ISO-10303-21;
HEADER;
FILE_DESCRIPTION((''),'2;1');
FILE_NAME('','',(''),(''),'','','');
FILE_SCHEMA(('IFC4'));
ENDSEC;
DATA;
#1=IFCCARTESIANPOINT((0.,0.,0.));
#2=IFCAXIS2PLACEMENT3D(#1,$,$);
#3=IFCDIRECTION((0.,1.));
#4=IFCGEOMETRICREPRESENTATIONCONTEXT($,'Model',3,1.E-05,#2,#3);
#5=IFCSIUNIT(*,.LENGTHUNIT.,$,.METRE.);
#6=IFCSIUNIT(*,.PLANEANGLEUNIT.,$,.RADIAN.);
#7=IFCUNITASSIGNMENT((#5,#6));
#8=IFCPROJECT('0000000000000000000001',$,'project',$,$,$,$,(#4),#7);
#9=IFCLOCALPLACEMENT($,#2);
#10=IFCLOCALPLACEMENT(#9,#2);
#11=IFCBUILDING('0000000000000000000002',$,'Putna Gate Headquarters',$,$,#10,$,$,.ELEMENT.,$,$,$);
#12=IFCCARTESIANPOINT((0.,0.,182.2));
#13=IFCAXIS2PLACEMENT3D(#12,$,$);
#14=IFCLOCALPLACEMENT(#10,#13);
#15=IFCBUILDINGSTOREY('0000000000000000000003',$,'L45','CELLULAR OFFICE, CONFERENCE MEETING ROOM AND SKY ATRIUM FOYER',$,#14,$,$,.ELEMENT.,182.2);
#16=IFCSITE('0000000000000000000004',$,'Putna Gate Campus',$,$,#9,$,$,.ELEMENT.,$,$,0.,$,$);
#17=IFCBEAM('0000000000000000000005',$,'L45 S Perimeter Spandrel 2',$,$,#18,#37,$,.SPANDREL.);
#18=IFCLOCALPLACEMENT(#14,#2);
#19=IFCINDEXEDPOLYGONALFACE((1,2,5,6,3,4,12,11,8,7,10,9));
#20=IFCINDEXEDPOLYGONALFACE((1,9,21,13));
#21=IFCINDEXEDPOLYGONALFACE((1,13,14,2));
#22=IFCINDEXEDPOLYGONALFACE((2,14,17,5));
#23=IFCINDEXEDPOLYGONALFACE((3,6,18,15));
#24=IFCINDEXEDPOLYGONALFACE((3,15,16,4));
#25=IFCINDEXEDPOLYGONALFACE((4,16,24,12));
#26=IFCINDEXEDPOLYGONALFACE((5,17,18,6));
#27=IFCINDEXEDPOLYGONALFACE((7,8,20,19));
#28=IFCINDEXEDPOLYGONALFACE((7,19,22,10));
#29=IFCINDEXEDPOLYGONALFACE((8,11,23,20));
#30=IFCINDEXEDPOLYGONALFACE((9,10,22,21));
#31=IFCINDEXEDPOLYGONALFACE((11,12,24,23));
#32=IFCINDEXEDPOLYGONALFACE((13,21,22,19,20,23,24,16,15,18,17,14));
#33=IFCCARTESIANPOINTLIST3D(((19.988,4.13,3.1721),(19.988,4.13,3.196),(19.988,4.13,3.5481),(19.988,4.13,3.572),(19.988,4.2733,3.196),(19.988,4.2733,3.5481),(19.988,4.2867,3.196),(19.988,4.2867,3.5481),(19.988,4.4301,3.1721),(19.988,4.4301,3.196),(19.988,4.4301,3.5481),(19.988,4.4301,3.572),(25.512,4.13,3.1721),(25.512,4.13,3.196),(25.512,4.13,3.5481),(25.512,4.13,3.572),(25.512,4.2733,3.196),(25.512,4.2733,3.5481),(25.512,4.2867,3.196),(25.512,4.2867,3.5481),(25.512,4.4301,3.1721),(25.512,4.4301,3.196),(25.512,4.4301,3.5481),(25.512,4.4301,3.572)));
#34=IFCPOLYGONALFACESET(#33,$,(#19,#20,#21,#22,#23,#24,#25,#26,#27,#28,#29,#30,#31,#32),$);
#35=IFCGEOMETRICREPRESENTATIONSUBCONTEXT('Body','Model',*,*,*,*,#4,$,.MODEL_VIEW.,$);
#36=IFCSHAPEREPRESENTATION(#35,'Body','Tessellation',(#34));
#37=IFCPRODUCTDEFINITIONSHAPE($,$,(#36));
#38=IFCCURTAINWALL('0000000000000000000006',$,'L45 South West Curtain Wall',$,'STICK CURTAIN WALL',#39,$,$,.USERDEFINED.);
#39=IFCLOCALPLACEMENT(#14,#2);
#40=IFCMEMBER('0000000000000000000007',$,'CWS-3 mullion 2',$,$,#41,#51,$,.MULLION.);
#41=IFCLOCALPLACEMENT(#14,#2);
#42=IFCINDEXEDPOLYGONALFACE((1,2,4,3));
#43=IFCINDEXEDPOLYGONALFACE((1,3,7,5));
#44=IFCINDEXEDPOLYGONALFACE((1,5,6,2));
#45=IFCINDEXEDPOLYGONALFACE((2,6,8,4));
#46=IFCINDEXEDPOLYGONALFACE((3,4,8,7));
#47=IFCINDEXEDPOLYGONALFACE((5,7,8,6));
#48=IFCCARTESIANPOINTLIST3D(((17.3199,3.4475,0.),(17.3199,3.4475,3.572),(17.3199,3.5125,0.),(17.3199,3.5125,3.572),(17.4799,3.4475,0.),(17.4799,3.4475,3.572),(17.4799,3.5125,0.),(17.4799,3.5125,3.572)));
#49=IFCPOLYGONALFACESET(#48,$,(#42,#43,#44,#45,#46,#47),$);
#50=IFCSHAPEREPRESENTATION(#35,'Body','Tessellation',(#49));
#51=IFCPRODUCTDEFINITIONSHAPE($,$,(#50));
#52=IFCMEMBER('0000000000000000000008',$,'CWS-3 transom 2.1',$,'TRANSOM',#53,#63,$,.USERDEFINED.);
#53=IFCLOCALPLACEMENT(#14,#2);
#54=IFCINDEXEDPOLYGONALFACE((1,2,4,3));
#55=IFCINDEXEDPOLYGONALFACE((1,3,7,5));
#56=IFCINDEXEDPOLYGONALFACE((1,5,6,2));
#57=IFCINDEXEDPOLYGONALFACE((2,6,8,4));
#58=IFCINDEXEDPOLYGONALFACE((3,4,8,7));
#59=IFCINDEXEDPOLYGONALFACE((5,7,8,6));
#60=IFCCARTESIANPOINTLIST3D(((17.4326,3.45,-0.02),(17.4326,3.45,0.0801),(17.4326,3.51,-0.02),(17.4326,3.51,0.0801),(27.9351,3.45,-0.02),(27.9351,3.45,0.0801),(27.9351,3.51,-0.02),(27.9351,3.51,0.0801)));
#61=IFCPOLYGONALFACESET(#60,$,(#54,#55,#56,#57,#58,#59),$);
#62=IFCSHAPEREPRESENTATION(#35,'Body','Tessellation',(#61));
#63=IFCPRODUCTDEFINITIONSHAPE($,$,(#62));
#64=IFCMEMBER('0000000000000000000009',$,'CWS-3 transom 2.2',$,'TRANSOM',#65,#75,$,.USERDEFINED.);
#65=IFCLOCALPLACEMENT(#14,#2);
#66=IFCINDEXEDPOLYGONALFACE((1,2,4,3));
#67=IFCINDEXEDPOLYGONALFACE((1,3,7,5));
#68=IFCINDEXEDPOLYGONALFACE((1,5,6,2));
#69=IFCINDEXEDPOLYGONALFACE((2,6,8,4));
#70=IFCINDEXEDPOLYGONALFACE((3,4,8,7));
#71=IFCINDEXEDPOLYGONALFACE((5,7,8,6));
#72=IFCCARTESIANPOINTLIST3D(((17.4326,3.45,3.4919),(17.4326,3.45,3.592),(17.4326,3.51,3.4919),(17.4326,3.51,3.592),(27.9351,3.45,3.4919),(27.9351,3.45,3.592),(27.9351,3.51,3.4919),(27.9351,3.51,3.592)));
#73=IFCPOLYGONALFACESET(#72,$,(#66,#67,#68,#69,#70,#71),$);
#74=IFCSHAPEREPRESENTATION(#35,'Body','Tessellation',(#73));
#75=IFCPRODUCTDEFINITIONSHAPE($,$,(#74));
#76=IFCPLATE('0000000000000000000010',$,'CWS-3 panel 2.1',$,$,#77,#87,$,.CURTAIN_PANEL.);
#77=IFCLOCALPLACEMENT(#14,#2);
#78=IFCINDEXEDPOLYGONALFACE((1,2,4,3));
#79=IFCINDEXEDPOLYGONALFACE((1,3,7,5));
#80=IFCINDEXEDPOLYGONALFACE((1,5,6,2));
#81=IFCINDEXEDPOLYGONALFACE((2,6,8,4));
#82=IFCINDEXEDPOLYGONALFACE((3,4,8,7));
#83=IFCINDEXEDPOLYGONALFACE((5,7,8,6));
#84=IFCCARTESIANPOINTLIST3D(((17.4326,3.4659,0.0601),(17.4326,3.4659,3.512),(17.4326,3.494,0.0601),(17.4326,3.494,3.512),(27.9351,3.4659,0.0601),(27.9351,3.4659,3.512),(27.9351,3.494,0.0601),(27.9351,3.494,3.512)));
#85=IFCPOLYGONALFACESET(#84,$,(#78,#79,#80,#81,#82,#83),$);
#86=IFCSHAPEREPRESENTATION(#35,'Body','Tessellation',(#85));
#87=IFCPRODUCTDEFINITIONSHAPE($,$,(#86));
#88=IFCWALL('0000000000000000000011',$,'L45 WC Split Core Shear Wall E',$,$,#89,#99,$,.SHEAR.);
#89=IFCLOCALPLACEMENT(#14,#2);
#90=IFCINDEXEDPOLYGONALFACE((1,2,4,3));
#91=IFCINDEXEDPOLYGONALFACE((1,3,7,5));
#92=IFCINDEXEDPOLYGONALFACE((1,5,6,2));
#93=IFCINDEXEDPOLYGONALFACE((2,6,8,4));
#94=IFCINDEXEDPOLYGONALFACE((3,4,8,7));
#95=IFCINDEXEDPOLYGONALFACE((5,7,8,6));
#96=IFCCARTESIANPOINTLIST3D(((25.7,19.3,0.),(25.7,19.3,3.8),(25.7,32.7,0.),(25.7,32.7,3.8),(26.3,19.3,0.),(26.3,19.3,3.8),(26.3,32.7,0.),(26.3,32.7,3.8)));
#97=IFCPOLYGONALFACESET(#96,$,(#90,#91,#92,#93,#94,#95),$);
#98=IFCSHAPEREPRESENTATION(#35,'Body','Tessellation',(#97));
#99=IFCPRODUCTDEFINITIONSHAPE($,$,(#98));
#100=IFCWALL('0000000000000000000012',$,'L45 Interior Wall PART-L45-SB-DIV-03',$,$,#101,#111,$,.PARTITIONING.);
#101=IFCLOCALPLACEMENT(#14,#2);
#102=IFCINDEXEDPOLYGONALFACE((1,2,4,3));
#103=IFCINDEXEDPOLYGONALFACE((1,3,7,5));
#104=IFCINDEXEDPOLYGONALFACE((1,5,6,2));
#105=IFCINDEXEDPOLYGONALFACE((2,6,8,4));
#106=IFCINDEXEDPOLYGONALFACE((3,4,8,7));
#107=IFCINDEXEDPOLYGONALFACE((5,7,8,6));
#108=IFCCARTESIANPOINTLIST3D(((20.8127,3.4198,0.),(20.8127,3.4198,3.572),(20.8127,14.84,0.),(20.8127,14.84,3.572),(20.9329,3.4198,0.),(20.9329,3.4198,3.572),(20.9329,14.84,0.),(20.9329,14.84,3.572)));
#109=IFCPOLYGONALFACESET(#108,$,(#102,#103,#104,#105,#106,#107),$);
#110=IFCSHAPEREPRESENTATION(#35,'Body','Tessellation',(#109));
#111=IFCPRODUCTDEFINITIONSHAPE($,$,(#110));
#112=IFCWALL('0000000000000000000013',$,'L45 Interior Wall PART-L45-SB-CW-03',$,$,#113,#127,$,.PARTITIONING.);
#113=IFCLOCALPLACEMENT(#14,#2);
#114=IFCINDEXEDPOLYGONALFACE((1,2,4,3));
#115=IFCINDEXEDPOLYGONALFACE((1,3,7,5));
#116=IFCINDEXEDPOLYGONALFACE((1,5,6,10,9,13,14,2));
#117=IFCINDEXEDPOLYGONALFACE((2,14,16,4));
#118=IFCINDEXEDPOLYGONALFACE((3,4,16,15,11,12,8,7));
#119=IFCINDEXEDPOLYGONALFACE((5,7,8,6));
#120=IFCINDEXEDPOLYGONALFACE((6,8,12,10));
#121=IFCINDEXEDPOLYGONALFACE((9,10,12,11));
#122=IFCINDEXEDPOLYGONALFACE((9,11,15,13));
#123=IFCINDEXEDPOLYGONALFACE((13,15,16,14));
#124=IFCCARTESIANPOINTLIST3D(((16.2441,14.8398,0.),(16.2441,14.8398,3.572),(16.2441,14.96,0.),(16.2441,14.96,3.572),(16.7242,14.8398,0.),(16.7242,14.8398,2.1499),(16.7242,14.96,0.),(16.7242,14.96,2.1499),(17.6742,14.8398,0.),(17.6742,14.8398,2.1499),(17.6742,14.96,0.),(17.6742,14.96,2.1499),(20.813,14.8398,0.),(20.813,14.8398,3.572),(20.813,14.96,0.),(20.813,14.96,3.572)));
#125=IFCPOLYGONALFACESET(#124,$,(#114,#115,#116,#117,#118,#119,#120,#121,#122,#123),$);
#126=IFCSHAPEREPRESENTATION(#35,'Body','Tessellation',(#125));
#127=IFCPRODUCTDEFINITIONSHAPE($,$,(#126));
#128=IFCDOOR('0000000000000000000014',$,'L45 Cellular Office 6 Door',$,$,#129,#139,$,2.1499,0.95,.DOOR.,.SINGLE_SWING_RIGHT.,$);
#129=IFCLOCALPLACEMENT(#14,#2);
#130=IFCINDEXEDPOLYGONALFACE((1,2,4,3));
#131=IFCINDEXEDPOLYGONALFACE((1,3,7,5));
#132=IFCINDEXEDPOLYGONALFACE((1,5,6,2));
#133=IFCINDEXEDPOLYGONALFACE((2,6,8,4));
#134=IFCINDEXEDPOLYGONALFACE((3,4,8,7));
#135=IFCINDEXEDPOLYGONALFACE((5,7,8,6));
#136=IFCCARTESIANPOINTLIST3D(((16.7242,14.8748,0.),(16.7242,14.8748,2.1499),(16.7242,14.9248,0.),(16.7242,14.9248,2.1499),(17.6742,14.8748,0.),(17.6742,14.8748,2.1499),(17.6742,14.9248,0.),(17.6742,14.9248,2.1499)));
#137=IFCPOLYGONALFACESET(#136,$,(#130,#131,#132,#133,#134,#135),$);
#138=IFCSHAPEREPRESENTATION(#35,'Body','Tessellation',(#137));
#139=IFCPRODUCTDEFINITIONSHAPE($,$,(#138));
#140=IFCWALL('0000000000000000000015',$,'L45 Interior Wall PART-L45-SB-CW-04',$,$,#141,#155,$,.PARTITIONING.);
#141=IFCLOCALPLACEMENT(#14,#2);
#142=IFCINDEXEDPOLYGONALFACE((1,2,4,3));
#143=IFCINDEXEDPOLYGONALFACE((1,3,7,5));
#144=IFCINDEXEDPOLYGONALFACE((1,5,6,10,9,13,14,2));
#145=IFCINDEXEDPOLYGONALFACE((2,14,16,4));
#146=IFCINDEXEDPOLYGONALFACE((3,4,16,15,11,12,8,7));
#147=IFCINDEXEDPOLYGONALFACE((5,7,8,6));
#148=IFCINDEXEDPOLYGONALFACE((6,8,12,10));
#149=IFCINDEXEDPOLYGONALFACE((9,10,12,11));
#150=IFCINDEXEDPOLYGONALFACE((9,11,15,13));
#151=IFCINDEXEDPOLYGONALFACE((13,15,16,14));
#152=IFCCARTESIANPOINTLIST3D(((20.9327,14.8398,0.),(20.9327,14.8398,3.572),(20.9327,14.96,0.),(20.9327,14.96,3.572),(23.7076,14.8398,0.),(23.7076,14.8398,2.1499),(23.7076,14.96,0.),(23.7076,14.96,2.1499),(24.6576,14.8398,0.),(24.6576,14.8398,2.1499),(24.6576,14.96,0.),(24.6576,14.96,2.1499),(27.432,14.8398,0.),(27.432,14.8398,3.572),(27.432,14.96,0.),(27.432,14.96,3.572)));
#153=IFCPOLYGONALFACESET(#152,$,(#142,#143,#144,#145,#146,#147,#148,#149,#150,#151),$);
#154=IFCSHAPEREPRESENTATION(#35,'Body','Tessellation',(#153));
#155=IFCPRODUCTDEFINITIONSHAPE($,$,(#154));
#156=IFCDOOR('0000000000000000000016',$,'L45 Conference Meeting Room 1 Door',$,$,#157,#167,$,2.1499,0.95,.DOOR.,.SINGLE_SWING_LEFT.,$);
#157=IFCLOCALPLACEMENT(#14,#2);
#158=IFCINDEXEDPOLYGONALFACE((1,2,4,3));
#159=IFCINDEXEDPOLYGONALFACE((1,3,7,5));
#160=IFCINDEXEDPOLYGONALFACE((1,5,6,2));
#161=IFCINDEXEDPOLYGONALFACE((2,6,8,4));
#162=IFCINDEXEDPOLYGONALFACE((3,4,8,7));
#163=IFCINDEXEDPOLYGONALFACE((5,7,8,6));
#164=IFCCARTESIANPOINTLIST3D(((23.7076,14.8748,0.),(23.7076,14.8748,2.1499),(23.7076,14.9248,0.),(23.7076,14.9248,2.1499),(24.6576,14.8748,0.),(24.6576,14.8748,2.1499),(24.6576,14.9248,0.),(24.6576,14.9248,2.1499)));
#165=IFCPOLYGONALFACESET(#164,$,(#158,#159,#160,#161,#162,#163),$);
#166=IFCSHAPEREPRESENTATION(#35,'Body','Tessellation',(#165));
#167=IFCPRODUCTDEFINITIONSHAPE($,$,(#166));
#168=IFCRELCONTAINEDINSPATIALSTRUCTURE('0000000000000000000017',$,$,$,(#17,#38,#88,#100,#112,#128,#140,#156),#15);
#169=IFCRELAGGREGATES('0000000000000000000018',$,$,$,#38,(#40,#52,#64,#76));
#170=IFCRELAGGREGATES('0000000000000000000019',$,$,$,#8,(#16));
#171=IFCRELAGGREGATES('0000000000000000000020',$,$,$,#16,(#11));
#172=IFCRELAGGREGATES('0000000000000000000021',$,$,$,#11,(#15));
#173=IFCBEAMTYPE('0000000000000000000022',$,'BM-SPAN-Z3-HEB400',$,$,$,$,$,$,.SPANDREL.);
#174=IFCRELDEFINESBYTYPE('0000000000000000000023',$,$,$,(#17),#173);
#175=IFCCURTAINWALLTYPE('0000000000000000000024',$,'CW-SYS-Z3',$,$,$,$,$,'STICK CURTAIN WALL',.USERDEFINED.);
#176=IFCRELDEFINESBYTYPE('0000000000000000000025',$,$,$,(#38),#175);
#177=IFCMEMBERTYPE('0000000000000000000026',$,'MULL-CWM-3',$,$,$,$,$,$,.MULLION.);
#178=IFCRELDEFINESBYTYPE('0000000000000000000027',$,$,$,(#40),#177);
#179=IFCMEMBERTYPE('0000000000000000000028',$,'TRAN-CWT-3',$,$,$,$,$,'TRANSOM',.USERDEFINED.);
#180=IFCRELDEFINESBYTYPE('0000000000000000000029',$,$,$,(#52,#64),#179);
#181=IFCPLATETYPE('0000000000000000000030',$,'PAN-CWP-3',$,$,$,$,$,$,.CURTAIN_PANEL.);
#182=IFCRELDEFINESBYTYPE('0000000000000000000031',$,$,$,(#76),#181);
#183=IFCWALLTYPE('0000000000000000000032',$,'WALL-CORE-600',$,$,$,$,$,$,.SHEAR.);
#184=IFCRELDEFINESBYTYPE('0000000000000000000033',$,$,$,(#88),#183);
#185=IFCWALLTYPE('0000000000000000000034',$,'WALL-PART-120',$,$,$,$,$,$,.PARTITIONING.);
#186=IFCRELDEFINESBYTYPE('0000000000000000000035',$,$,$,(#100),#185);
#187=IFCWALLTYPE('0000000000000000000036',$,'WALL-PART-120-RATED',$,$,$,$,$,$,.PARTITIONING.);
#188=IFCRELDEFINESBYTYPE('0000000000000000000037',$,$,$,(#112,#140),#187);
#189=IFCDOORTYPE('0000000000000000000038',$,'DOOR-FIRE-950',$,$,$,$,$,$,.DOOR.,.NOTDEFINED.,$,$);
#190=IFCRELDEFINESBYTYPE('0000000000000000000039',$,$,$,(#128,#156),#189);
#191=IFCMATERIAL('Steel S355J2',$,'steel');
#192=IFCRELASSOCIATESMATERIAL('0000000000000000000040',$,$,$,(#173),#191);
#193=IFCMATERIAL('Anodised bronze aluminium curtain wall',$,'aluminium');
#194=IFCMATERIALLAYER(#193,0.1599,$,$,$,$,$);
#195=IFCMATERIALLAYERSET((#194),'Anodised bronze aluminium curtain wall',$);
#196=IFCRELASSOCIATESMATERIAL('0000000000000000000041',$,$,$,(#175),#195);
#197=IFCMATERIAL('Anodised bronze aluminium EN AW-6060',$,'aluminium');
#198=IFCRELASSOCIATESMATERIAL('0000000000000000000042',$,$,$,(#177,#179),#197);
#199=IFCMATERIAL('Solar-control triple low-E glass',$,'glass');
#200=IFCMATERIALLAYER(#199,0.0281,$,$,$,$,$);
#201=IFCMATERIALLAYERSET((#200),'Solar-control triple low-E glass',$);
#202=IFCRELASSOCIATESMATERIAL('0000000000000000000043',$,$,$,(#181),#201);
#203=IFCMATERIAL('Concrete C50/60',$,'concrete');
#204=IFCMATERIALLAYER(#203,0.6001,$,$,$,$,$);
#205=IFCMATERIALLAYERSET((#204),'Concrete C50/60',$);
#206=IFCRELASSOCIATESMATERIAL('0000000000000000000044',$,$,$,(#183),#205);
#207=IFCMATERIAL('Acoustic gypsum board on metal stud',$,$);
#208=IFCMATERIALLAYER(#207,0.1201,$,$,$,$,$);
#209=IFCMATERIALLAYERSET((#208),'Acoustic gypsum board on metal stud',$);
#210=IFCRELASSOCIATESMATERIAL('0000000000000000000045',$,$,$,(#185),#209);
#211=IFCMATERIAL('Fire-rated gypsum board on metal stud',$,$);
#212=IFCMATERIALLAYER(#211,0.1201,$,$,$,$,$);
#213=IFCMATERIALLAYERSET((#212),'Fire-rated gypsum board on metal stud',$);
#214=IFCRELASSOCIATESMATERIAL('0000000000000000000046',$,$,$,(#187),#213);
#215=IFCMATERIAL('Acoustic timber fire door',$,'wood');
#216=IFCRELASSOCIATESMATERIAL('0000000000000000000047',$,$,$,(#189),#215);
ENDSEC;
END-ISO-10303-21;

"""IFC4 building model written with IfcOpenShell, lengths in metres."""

from ifc_helpers import new_model, si_unit, direction, frame, frame_2d, origin, origin_2d, place, context, subcontext, project, spatial, rectangle, i_section, extrude, material, layer, layer_set, material_profile, profile_set, type_object, element, fill, aggregate, save


model = new_model("IFC4")

# Units and contexts
model_context = context("Model", 3, precision=1e-05, world=origin(), true_north=direction((0.0, 1.0)))
body_context = subcontext(model_context, "Body", "Model", "MODEL_VIEW")
ifc_project = project(units=[si_unit("LENGTHUNIT", "METRE"), si_unit("PLANEANGLEUNIT", "RADIAN")], contexts=[model_context])

# Site, building, storey
site_placement = place(None, origin())
site = spatial("IfcSite", under=ifc_project, at=site_placement, Name="Putna Gate Campus", CompositionType="ELEMENT", RefElevation=0.0)
building_placement = place(site_placement, origin())
building = spatial("IfcBuilding", under=site, at=building_placement, Name="Putna Gate Headquarters", CompositionType="ELEMENT")
storey_placement = place(building_placement, frame((0.0, 0.0, 182.2)))
storey = spatial("IfcBuildingStorey", under=building, at=storey_placement, Name="L45", Description="CELLULAR OFFICE, CONFERENCE MEETING ROOM AND SKY ATRIUM FOYER", CompositionType="ELEMENT", Elevation=182.2)

# Shared definitions
ifc_material_1 = material(Name="Concrete C50/60", Category="concrete")

# Beam
ifc_material_2 = material(Name="Steel S355J2", Category="steel")
ifc_material_profile_1 = material_profile(ifc_material_2, i_section(OverallWidth=0.3, OverallDepth=0.3999, WebThickness=0.0134, FlangeThickness=0.0239, at=origin_2d()), Name="Steel S355J2")
ifc_profile_set_1 = profile_set([ifc_material_profile_1], Name="Steel S355J2")
beam_type_1 = type_object("IfcBeamType", Name="BM-SPAN-Z3-HEB400", PredefinedType="SPANDREL", material=ifc_profile_set_1)
beam_1_placement = place(storey_placement, frame((19.988, 4.28, 3.3721), z_axis=(1.0, 0.0, 0.0), x_axis=(0.0, 1.0, 0.0)))
element("IfcBeam", 1, at=beam_1_placement, inside=storey, type_object=beam_type_1, Name="L45 S Perimeter Spandrel 2", PredefinedType="SPANDREL", context=body_context, shape_type="SweptSolid", body=[
    extrude(i_section(OverallWidth=0.3, OverallDepth=0.3999, WebThickness=0.0134, FlangeThickness=0.0239, at=origin_2d()), origin(), (0.0, 0.0, 1.0), 5.5239),
])

# Curtain wall, members, plate
ifc_material_3 = material(Name="Anodised bronze aluminium curtain wall", Category="aluminium")
ifc_layer_1 = layer(ifc_material_3, 0.1599)
ifc_layer_set_1 = layer_set([ifc_layer_1], Name="Anodised bronze aluminium curtain wall")
curtain_wall_type = type_object("IfcCurtainWallType", Name="CW-SYS-Z3", ElementType="STICK CURTAIN WALL", PredefinedType="USERDEFINED", material=ifc_layer_set_1)
curtain_wall_placement = place(storey_placement, origin())
curtain_wall = element("IfcCurtainWall", 2, at=curtain_wall_placement, inside=storey, type_object=curtain_wall_type, Name="L45 South West Curtain Wall", ObjectType="STICK CURTAIN WALL", PredefinedType="USERDEFINED")
ifc_material_4 = material(Name="Anodised bronze aluminium EN AW-6060", Category="aluminium")
ifc_material_profile_2 = material_profile(ifc_material_4, rectangle(XDim=0.0649, YDim=0.1599, at=origin_2d()), Name="Anodised bronze aluminium EN AW-6060")
ifc_profile_set_2 = profile_set([ifc_material_profile_2], Name="Anodised bronze aluminium EN AW-6060")
member_type_1 = type_object("IfcMemberType", Name="MULL-CWM-3", PredefinedType="MULLION", material=ifc_profile_set_2)
member_1_placement = place(storey_placement, frame((17.3999, 3.48, 0.0), z_axis=(0.0, 0.0, 1.0), x_axis=(0.0, 1.0, 0.0)))
member_1 = element("IfcMember", 3, at=member_1_placement, type_object=member_type_1, Name="CWS-3 mullion 2", PredefinedType="MULLION", context=body_context, shape_type="SweptSolid", body=[
    extrude(rectangle(XDim=0.0649, YDim=0.1599, at=origin_2d()), origin(), (0.0, 0.0, 1.0), 3.572),
])
ifc_material_profile_3 = material_profile(ifc_material_4, rectangle(XDim=0.0601, YDim=0.1001, at=origin_2d()), Name="Anodised bronze aluminium EN AW-6060")
ifc_profile_set_3 = profile_set([ifc_material_profile_3], Name="Anodised bronze aluminium EN AW-6060")
member_type_2 = type_object("IfcMemberType", Name="TRAN-CWT-3", ElementType="TRANSOM", PredefinedType="USERDEFINED", material=ifc_profile_set_3)
member_2_placement = place(storey_placement, frame((17.4326, 3.48, 0.03), z_axis=(1.0, 0.0, 0.0), x_axis=(0.0, 1.0, 0.0)))
member_2 = element("IfcMember", 4, at=member_2_placement, type_object=member_type_2, Name="CWS-3 transom 2.1", ObjectType="TRANSOM", PredefinedType="USERDEFINED", context=body_context, shape_type="SweptSolid", body=[
    extrude(rectangle(XDim=0.0601, YDim=0.1001, at=origin_2d()), origin(), (0.0, 0.0, 1.0), 10.5024),
])
member_3_placement = place(storey_placement, frame((17.4326, 3.48, 3.542), z_axis=(1.0, 0.0, 0.0), x_axis=(0.0, 1.0, 0.0)))
member_3 = element("IfcMember", 5, at=member_3_placement, type_object=member_type_2, Name="CWS-3 transom 2.2", ObjectType="TRANSOM", PredefinedType="USERDEFINED", context=body_context, shape_type="SweptSolid", body=[
    extrude(rectangle(XDim=0.0601, YDim=0.1001, at=origin_2d()), origin(), (0.0, 0.0, 1.0), 10.5024),
])
ifc_material_5 = material(Name="Solar-control triple low-E glass", Category="glass")
ifc_layer_2 = layer(ifc_material_5, 0.0281)
ifc_layer_set_2 = layer_set([ifc_layer_2], Name="Solar-control triple low-E glass")
plate_type = type_object("IfcPlateType", Name="PAN-CWP-3", PredefinedType="CURTAIN_PANEL", material=ifc_layer_set_2)
plate_placement = place(storey_placement, frame((22.6838, 3.48, 0.0601), z_axis=(0.0, 0.0, 1.0), x_axis=(1.0, 0.0, 0.0)))
plate = element("IfcPlate", 6, at=plate_placement, type_object=plate_type, Name="CWS-3 panel 2.1", PredefinedType="CURTAIN_PANEL", context=body_context, shape_type="SweptSolid", body=[
    extrude(rectangle(XDim=10.5024, YDim=0.0281, at=origin_2d()), origin(), (0.0, 0.0, 1.0), 3.4519),
])
aggregate(curtain_wall, [member_1, member_2, member_3, plate])

# Walls
ifc_layer_3 = layer(ifc_material_1, 0.6001)
ifc_layer_set_3 = layer_set([ifc_layer_3], Name="Concrete C50/60")
wall_type_1 = type_object("IfcWallType", Name="WALL-CORE-600", PredefinedType="SHEAR", material=ifc_layer_set_3)
wall_1_placement = place(storey_placement, frame((26.0, 19.3, 0.0), z_axis=(0.0, 0.0, 1.0), x_axis=(0.0, 1.0, 0.0)))
element("IfcWall", 7, at=wall_1_placement, inside=storey, type_object=wall_type_1, Name="L45 WC Split Core Shear Wall E", PredefinedType="SHEAR", context=body_context, shape_type="SweptSolid", body=[
    extrude(rectangle(XDim=13.3999, YDim=0.6001, at=frame_2d((6.7, 0.0))), origin(), (0.0, 0.0, 1.0), 3.8),
])
ifc_material_6 = material(Name="Acoustic gypsum board on metal stud")
ifc_layer_4 = layer(ifc_material_6, 0.1201)
ifc_layer_set_4 = layer_set([ifc_layer_4], Name="Acoustic gypsum board on metal stud")
wall_type_2 = type_object("IfcWallType", Name="WALL-PART-120", PredefinedType="PARTITIONING", material=ifc_layer_set_4)
wall_2_placement = place(storey_placement, frame((20.8728, 3.4199, 0.0), z_axis=(0.0, 0.0, 1.0), x_axis=(0.0, 1.0, 0.0)))
element("IfcWall", 8, at=wall_2_placement, inside=storey, type_object=wall_type_2, Name="L45 Interior Wall PART-L45-SB-DIV-03", PredefinedType="PARTITIONING", context=body_context, shape_type="SweptSolid", body=[
    extrude(rectangle(XDim=11.4202, YDim=0.1201, at=frame_2d((5.71, 0.0))), origin(), (0.0, 0.0, 1.0), 3.572),
])

# Walls, openings, doors
ifc_material_7 = material(Name="Fire-rated gypsum board on metal stud")
ifc_layer_5 = layer(ifc_material_7, 0.1201)
ifc_layer_set_5 = layer_set([ifc_layer_5], Name="Fire-rated gypsum board on metal stud")
wall_type_3 = type_object("IfcWallType", Name="WALL-PART-120-RATED", PredefinedType="PARTITIONING", material=ifc_layer_set_5)
wall_3_placement = place(storey_placement, frame((16.2441, 14.8999, 0.0), z_axis=(0.0, 0.0, 1.0), x_axis=(1.0, 0.0, 0.0)))
wall_3 = element("IfcWall", 9, at=wall_3_placement, inside=storey, type_object=wall_type_3, Name="L45 Interior Wall PART-L45-SB-CW-03", PredefinedType="PARTITIONING", context=body_context, shape_type="SweptSolid", body=[
    extrude(rectangle(XDim=4.5688, YDim=0.1201, at=frame_2d((2.2844, 0.0))), origin(), (0.0, 0.0, 1.0), 3.572),
])
opening_1_placement = place(wall_3_placement, frame((0.48, 0.0, 0.0)))
opening_1 = element("IfcOpeningElement", 10, at=opening_1_placement, cuts=wall_3, PredefinedType="OPENING", context=body_context, shape_type="SweptSolid", body=[
    extrude(rectangle(XDim=0.95, YDim=2.1499, at=frame_2d((0.4751, 1.075))), frame((0.0, 0.0701, 0.0), z_axis=(0.0, -1.0, 0.0), x_axis=(1.0, 0.0, 0.0)), (0.0, 0.0, 1.0), 0.1401),
])
ifc_material_8 = material(Name="Acoustic timber fire door", Category="wood")
door_type_1 = type_object("IfcDoorType", Name="DOOR-FIRE-950", OperationType="NOTDEFINED", PredefinedType="DOOR", material=ifc_material_8)
door_1_placement = place(opening_1_placement, origin())
door_1 = element("IfcDoor", 11, at=door_1_placement, inside=storey, type_object=door_type_1, Name="L45 Cellular Office 6 Door", OperationType="SINGLE_SWING_RIGHT", OverallHeight=2.1499, OverallWidth=0.95, PredefinedType="DOOR", context=body_context, shape_type="SweptSolid", body=[
    extrude(rectangle(XDim=0.95, YDim=2.1499, at=frame_2d((0.4751, 1.075))), frame((0.0, 0.0249, 0.0), z_axis=(0.0, -1.0, 0.0), x_axis=(1.0, 0.0, 0.0)), (0.0, 0.0, 1.0), 0.05),
])
fill(opening_1, door_1)
wall_4_placement = place(storey_placement, frame((20.9329, 14.8999, 0.0), z_axis=(0.0, 0.0, 1.0), x_axis=(1.0, 0.0, 0.0)))
wall_4 = element("IfcWall", 12, at=wall_4_placement, inside=storey, type_object=wall_type_3, Name="L45 Interior Wall PART-L45-SB-CW-04", PredefinedType="PARTITIONING", context=body_context, shape_type="SweptSolid", body=[
    extrude(rectangle(XDim=6.4993, YDim=0.1201, at=frame_2d((3.2495, 0.0))), origin(), (0.0, 0.0, 1.0), 3.572),
])
opening_2_placement = place(wall_4_placement, frame((2.7747, 0.0, 0.0)))
opening_2 = element("IfcOpeningElement", 13, at=opening_2_placement, cuts=wall_4, PredefinedType="OPENING", context=body_context, shape_type="SweptSolid", body=[
    extrude(rectangle(XDim=0.95, YDim=2.1499, at=frame_2d((0.4751, 1.075))), frame((0.0, 0.0701, 0.0), z_axis=(0.0, -1.0, 0.0), x_axis=(1.0, 0.0, 0.0)), (0.0, 0.0, 1.0), 0.1401),
])
door_2_placement = place(opening_2_placement, origin())
door_2 = element("IfcDoor", 14, at=door_2_placement, inside=storey, type_object=door_type_1, Name="L45 Conference Meeting Room 1 Door", OperationType="SINGLE_SWING_LEFT", OverallHeight=2.1499, OverallWidth=0.95, PredefinedType="DOOR", context=body_context, shape_type="SweptSolid", body=[
    extrude(rectangle(XDim=0.95, YDim=2.1499, at=frame_2d((0.4751, 1.075))), frame((0.0, 0.0249, 0.0), z_axis=(0.0, -1.0, 0.0), x_axis=(1.0, 0.0, 0.0)), (0.0, 0.0, 1.0), 0.05),
])
fill(opening_2, door_2)

save(model, "model.ifc")
